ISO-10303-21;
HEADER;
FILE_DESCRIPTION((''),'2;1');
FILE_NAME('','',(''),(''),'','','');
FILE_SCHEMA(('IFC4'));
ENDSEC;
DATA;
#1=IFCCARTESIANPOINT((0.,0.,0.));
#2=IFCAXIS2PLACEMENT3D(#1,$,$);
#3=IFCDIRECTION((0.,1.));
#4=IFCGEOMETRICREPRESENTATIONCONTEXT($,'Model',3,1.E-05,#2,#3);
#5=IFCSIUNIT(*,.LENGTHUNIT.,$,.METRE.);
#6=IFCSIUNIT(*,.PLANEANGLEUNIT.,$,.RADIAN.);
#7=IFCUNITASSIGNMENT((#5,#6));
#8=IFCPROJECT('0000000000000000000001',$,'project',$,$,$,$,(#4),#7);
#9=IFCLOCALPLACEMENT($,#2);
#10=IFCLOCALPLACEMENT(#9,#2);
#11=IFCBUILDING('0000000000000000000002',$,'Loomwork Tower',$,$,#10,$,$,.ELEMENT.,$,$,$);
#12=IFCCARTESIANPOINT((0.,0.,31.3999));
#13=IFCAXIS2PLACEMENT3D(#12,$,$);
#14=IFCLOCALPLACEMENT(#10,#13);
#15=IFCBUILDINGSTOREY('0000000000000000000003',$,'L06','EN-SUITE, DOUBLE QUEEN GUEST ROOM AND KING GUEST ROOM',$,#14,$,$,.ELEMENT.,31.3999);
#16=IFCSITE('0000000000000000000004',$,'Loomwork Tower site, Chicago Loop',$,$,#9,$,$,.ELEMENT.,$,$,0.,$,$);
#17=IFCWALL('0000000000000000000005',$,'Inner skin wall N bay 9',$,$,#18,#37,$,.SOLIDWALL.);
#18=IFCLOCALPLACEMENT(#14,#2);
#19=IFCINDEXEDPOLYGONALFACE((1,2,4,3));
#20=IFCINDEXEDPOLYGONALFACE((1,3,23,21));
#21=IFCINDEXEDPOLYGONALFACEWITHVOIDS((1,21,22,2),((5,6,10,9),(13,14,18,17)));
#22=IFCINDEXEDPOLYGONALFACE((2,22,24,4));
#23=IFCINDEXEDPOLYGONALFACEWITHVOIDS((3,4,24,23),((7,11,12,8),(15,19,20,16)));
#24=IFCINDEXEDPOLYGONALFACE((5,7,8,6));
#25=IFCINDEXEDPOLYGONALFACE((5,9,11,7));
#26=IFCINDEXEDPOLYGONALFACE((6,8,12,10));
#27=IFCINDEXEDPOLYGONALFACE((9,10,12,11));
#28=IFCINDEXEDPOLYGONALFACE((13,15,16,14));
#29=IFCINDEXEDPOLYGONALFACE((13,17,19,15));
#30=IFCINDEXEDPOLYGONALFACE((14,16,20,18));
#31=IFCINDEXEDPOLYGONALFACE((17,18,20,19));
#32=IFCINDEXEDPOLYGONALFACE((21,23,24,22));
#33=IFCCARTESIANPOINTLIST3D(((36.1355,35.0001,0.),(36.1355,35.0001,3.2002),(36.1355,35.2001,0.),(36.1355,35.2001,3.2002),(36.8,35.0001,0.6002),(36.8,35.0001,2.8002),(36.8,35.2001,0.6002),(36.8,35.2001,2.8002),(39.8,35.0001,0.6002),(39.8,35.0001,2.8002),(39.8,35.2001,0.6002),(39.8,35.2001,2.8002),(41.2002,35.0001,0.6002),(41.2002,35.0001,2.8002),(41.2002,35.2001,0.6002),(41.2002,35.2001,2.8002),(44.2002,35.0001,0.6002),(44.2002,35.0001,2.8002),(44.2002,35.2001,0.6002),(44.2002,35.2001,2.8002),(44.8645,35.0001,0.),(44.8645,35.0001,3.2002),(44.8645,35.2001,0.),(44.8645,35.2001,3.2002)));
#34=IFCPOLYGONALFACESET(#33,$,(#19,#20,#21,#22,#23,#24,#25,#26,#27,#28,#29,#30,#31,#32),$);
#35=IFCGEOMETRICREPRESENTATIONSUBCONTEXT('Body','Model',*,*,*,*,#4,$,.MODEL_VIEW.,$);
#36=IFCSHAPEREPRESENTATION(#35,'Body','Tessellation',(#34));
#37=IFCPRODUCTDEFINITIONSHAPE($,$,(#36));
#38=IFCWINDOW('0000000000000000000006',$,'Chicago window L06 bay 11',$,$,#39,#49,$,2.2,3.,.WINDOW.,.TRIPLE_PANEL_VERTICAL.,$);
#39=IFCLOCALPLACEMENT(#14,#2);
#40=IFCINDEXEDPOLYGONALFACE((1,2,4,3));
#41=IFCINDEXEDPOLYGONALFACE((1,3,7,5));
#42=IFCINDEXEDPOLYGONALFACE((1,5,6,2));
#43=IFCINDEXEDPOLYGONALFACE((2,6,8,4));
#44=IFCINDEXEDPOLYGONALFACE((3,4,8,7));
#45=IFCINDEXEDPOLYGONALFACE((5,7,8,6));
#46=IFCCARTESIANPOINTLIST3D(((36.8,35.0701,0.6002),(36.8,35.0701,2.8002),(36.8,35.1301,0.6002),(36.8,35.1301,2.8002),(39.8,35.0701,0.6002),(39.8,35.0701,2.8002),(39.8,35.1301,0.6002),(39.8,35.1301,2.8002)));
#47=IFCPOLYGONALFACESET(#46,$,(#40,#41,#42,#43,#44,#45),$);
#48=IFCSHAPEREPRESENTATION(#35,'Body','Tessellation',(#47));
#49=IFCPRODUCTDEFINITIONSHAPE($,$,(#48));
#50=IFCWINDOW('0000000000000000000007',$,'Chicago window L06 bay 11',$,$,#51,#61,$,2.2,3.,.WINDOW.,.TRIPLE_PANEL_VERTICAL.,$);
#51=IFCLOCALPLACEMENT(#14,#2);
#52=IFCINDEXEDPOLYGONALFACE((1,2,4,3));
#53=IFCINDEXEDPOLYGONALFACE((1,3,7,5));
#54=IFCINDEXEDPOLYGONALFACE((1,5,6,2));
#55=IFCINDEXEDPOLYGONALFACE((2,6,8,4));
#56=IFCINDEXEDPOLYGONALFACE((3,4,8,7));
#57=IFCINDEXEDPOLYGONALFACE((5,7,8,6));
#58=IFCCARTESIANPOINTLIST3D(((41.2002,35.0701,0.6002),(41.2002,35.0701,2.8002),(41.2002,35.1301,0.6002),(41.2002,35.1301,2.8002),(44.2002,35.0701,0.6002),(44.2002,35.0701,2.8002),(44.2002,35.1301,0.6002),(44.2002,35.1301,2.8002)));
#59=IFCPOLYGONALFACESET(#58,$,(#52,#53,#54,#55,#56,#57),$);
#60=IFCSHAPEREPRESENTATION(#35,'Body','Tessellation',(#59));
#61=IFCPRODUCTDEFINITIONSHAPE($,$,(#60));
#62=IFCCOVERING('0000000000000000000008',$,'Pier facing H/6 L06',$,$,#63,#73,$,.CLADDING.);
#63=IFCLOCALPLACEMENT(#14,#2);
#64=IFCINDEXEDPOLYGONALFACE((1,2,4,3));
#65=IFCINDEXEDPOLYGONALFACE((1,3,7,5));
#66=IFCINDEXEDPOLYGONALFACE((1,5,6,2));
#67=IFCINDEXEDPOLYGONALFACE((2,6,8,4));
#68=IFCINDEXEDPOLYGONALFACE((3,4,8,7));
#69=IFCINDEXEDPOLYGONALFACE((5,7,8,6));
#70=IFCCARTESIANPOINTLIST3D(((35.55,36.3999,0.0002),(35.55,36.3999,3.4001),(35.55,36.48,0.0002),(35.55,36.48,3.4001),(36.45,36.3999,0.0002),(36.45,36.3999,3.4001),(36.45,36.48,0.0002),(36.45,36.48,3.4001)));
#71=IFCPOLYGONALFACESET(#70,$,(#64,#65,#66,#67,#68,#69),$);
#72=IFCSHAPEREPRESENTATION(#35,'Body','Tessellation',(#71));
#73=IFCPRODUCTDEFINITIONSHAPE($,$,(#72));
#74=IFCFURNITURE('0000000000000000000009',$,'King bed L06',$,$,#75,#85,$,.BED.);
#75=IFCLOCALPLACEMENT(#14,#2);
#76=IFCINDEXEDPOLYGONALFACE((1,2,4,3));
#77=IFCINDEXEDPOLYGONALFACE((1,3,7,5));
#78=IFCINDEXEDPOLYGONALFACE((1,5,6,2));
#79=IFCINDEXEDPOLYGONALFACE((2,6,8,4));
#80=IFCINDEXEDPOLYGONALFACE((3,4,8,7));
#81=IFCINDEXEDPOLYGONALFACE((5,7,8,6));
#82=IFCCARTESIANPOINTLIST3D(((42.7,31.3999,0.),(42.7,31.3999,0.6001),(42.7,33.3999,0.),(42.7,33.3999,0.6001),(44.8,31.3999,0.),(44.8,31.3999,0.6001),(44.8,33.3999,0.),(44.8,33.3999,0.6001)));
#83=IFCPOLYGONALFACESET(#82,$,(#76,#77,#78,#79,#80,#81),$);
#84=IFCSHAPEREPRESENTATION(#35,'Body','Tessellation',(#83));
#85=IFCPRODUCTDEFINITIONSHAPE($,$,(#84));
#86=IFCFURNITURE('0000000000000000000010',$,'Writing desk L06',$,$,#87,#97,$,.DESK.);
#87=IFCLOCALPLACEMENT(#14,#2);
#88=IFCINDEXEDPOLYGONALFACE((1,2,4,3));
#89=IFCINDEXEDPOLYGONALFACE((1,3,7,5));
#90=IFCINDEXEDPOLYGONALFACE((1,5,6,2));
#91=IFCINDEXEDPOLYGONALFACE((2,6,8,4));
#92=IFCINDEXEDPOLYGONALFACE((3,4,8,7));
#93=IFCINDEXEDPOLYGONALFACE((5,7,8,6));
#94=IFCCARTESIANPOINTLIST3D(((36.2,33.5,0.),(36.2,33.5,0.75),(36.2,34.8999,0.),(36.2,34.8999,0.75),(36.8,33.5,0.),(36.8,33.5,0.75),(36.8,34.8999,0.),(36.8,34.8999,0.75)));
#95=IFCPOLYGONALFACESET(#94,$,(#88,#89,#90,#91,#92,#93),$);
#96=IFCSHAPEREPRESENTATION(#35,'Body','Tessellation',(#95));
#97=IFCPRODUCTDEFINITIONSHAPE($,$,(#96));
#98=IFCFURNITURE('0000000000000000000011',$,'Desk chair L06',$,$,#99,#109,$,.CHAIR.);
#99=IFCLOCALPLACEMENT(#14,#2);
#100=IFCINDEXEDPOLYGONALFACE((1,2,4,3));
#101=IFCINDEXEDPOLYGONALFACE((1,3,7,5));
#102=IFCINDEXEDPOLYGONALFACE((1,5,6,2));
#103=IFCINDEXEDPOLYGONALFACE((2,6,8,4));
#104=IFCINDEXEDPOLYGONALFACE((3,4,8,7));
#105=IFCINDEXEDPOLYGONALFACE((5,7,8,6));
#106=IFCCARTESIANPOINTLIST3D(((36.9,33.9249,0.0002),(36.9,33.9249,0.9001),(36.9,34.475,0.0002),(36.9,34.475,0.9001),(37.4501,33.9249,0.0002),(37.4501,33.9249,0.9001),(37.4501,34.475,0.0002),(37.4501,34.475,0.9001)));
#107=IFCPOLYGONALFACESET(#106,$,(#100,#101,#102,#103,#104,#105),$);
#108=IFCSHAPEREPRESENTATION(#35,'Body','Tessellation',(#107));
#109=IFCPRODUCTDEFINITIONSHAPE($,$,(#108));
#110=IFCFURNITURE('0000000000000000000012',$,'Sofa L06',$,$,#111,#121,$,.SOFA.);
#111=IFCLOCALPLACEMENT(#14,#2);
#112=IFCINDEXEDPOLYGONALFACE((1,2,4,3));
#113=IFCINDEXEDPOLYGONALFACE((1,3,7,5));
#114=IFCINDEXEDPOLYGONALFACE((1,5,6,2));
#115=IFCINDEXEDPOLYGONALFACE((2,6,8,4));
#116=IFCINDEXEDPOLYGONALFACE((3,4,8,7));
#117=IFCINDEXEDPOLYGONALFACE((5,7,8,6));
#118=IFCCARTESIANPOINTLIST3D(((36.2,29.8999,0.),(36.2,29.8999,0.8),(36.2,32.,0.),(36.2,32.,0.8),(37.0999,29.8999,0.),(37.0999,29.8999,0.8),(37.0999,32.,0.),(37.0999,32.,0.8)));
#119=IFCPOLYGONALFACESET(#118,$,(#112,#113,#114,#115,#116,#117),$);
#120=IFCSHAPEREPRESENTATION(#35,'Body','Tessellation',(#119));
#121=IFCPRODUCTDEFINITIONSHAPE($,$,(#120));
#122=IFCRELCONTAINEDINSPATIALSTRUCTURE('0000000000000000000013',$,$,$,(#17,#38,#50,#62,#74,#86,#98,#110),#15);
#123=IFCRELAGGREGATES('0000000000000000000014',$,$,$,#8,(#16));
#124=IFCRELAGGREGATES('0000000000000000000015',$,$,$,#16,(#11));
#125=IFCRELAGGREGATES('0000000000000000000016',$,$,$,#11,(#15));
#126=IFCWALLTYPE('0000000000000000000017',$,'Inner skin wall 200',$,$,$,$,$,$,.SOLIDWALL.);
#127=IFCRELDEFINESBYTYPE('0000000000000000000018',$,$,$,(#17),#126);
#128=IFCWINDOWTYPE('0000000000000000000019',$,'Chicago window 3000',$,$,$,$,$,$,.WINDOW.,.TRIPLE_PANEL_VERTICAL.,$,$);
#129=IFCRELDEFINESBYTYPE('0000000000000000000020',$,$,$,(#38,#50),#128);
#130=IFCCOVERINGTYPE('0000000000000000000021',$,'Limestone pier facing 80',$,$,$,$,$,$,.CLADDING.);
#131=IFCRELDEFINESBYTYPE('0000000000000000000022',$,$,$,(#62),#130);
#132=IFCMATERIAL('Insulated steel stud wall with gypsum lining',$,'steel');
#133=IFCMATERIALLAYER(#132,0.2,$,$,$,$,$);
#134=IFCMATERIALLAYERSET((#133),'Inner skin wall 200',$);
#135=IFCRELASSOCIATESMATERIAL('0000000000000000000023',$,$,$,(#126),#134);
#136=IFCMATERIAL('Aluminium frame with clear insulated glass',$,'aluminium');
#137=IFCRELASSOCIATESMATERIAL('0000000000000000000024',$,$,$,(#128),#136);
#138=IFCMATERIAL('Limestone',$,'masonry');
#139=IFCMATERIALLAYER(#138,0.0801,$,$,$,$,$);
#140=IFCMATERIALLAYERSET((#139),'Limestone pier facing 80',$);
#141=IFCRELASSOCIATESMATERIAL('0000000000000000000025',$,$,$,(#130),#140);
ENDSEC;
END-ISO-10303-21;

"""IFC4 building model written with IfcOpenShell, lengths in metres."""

from ifc_helpers import new_model, si_unit, direction, frame, frame_2d, origin, origin_2d, place, context, subcontext, project, spatial, rectangle, extrude, material, layer, layer_set, type_object, element, fill, save


model = new_model("IFC4")

# Units and contexts
model_context = context("Model", 3, precision=1e-05, world=origin(), true_north=direction((0.0, 1.0)))
body_context = subcontext(model_context, "Body", "Model", "MODEL_VIEW")
ifc_project = project(units=[si_unit("LENGTHUNIT", "METRE"), si_unit("PLANEANGLEUNIT", "RADIAN")], contexts=[model_context])

# Site, building, storey
site_placement = place(None, origin())
site = spatial("IfcSite", under=ifc_project, at=site_placement, Name="Loomwork Tower site, Chicago Loop", CompositionType="ELEMENT", RefElevation=0.0)
building_placement = place(site_placement, origin())
building = spatial("IfcBuilding", under=site, at=building_placement, Name="Loomwork Tower", CompositionType="ELEMENT")
storey_placement = place(building_placement, frame((0.0, 0.0, 31.3999)))
storey = spatial("IfcBuildingStorey", under=building, at=storey_placement, Name="L06", Description="EN-SUITE, DOUBLE QUEEN GUEST ROOM AND KING GUEST ROOM", CompositionType="ELEMENT", Elevation=31.3999)

# Shared definitions
ifc_material_1 = material(Name="Insulated steel stud wall with gypsum lining", Category="steel")
ifc_layer_1 = layer(ifc_material_1, 0.2)
ifc_layer_set_1 = layer_set([ifc_layer_1], Name="Inner skin wall 200")
wall_type_1 = type_object("IfcWallType", Name="Inner skin wall 200", PredefinedType="SOLIDWALL", material=ifc_layer_set_1)

# Wall, openings, windows
wall_1_placement = place(storey_placement, frame((36.1355, 35.1001, 0.0), z_axis=(0.0, 0.0, 1.0), x_axis=(1.0, 0.0, 0.0)))
wall_1 = element("IfcWall", 1, at=wall_1_placement, inside=storey, type_object=wall_type_1, Name="Inner skin wall N bay 9", PredefinedType="SOLIDWALL", context=body_context, shape_type="SweptSolid", body=[
    extrude(rectangle(XDim=8.729, YDim=0.2, at=frame_2d((4.3645, 0.0))), origin(), (0.0, 0.0, 1.0), 3.2002),
])
opening_1_placement = place(wall_1_placement, frame((0.6646, 0.0, 0.6001)))
opening_1 = element("IfcOpeningElement", 2, at=opening_1_placement, cuts=wall_1, PredefinedType="OPENING", context=body_context, shape_type="SweptSolid", body=[
    extrude(rectangle(XDim=3.0, YDim=2.2, at=frame_2d((1.5, 1.1001))), frame((0.0, 0.1099, 0.0), z_axis=(0.0, -1.0, 0.0), x_axis=(1.0, 0.0, 0.0)), (0.0, 0.0, 1.0), 0.22),
])
opening_2_placement = place(wall_1_placement, frame((5.0647, 0.0, 0.6001)))
opening_2 = element("IfcOpeningElement", 3, at=opening_2_placement, cuts=wall_1, PredefinedType="OPENING", context=body_context, shape_type="SweptSolid", body=[
    extrude(rectangle(XDim=3.0, YDim=2.2, at=frame_2d((1.5, 1.1001))), frame((0.0, 0.1099, 0.0), z_axis=(0.0, -1.0, 0.0), x_axis=(1.0, 0.0, 0.0)), (0.0, 0.0, 1.0), 0.22),
])
ifc_material_2 = material(Name="Aluminium frame with clear insulated glass", Category="aluminium")
window_type = type_object("IfcWindowType", Name="Chicago window 3000", PartitioningType="TRIPLE_PANEL_VERTICAL", PredefinedType="WINDOW", material=ifc_material_2)
window_1_placement = place(opening_1_placement, origin())
window_1 = element("IfcWindow", 4, at=window_1_placement, inside=storey, type_object=window_type, Name="Chicago window L06 bay 11", OverallHeight=2.2, OverallWidth=3.0, PartitioningType="TRIPLE_PANEL_VERTICAL", PredefinedType="WINDOW", context=body_context, shape_type="SweptSolid", body=[
    extrude(rectangle(XDim=3.0, YDim=2.2, at=frame_2d((1.5, 1.1001))), frame((0.0, 0.03, 0.0), z_axis=(0.0, -1.0, 0.0), x_axis=(1.0, 0.0, 0.0)), (0.0, 0.0, 1.0), 0.0601),
])
fill(opening_1, window_1)
window_2_placement = place(opening_2_placement, origin())
window_2 = element("IfcWindow", 5, at=window_2_placement, inside=storey, type_object=window_type, Name="Chicago window L06 bay 11", OverallHeight=2.2, OverallWidth=3.0, PartitioningType="TRIPLE_PANEL_VERTICAL", PredefinedType="WINDOW", context=body_context, shape_type="SweptSolid", body=[
    extrude(rectangle(XDim=3.0, YDim=2.2, at=frame_2d((1.5, 1.1001))), frame((0.0, 0.03, 0.0), z_axis=(0.0, -1.0, 0.0), x_axis=(1.0, 0.0, 0.0)), (0.0, 0.0, 1.0), 0.0601),
])
fill(opening_2, window_2)

# Covering
ifc_material_3 = material(Name="Limestone", Category="masonry")
ifc_layer_2 = layer(ifc_material_3, 0.0801)
ifc_layer_set_2 = layer_set([ifc_layer_2], Name="Limestone pier facing 80")
covering_type = type_object("IfcCoveringType", Name="Limestone pier facing 80", PredefinedType="CLADDING", material=ifc_layer_set_2)
covering_placement = place(storey_placement, frame((36.0, 36.4399, 0.0002), z_axis=(0.0, 0.0, 1.0), x_axis=(1.0, 0.0, 0.0)))
element("IfcCovering", 6, at=covering_placement, inside=storey, type_object=covering_type, Name="Pier facing H/6 L06", PredefinedType="CLADDING", context=body_context, shape_type="SweptSolid", body=[
    extrude(rectangle(XDim=0.8999, YDim=0.0801, at=origin_2d()), origin(), (0.0, 0.0, 1.0), 3.3999),
])

# Furniture
furniture_1_placement = place(storey_placement, frame((43.75, 32.3999, 0.0), z_axis=(0.0, 0.0, 1.0), x_axis=(1.0, 0.0, 0.0)))
element("IfcFurniture", 7, at=furniture_1_placement, inside=storey, Name="King bed L06", PredefinedType="BED", context=body_context, shape_type="SweptSolid", body=[
    extrude(rectangle(XDim=2.1001, YDim=2.0, at=origin_2d()), origin(), (0.0, 0.0, 1.0), 0.6001),
])
furniture_2_placement = place(storey_placement, frame((36.5, 34.2, 0.0), z_axis=(0.0, 0.0, 1.0), x_axis=(1.0, 0.0, 0.0)))
element("IfcFurniture", 8, at=furniture_2_placement, inside=storey, Name="Writing desk L06", PredefinedType="DESK", context=body_context, shape_type="SweptSolid", body=[
    extrude(rectangle(XDim=0.6001, YDim=1.3999, at=origin_2d()), origin(), (0.0, 0.0, 1.0), 0.75),
])
furniture_3_placement = place(storey_placement, frame((37.175, 34.2, 0.0002), z_axis=(0.0, 0.0, 1.0), x_axis=(1.0, 0.0, 0.0)))
element("IfcFurniture", 9, at=furniture_3_placement, inside=storey, Name="Desk chair L06", PredefinedType="CHAIR", context=body_context, shape_type="SweptSolid", body=[
    extrude(rectangle(XDim=0.55, YDim=0.55, at=origin_2d()), origin(), (0.0, 0.0, 1.0), 0.8999),
])
furniture_4_placement = place(storey_placement, frame((36.6499, 30.95, 0.0), z_axis=(0.0, 0.0, 1.0), x_axis=(1.0, 0.0, 0.0)))
element("IfcFurniture", 10, at=furniture_4_placement, inside=storey, Name="Sofa L06", PredefinedType="SOFA", context=body_context, shape_type="SweptSolid", body=[
    extrude(rectangle(XDim=0.8999, YDim=2.1001, at=origin_2d()), origin(), (0.0, 0.0, 1.0), 0.8),
])

save(model, "model.ifc")
